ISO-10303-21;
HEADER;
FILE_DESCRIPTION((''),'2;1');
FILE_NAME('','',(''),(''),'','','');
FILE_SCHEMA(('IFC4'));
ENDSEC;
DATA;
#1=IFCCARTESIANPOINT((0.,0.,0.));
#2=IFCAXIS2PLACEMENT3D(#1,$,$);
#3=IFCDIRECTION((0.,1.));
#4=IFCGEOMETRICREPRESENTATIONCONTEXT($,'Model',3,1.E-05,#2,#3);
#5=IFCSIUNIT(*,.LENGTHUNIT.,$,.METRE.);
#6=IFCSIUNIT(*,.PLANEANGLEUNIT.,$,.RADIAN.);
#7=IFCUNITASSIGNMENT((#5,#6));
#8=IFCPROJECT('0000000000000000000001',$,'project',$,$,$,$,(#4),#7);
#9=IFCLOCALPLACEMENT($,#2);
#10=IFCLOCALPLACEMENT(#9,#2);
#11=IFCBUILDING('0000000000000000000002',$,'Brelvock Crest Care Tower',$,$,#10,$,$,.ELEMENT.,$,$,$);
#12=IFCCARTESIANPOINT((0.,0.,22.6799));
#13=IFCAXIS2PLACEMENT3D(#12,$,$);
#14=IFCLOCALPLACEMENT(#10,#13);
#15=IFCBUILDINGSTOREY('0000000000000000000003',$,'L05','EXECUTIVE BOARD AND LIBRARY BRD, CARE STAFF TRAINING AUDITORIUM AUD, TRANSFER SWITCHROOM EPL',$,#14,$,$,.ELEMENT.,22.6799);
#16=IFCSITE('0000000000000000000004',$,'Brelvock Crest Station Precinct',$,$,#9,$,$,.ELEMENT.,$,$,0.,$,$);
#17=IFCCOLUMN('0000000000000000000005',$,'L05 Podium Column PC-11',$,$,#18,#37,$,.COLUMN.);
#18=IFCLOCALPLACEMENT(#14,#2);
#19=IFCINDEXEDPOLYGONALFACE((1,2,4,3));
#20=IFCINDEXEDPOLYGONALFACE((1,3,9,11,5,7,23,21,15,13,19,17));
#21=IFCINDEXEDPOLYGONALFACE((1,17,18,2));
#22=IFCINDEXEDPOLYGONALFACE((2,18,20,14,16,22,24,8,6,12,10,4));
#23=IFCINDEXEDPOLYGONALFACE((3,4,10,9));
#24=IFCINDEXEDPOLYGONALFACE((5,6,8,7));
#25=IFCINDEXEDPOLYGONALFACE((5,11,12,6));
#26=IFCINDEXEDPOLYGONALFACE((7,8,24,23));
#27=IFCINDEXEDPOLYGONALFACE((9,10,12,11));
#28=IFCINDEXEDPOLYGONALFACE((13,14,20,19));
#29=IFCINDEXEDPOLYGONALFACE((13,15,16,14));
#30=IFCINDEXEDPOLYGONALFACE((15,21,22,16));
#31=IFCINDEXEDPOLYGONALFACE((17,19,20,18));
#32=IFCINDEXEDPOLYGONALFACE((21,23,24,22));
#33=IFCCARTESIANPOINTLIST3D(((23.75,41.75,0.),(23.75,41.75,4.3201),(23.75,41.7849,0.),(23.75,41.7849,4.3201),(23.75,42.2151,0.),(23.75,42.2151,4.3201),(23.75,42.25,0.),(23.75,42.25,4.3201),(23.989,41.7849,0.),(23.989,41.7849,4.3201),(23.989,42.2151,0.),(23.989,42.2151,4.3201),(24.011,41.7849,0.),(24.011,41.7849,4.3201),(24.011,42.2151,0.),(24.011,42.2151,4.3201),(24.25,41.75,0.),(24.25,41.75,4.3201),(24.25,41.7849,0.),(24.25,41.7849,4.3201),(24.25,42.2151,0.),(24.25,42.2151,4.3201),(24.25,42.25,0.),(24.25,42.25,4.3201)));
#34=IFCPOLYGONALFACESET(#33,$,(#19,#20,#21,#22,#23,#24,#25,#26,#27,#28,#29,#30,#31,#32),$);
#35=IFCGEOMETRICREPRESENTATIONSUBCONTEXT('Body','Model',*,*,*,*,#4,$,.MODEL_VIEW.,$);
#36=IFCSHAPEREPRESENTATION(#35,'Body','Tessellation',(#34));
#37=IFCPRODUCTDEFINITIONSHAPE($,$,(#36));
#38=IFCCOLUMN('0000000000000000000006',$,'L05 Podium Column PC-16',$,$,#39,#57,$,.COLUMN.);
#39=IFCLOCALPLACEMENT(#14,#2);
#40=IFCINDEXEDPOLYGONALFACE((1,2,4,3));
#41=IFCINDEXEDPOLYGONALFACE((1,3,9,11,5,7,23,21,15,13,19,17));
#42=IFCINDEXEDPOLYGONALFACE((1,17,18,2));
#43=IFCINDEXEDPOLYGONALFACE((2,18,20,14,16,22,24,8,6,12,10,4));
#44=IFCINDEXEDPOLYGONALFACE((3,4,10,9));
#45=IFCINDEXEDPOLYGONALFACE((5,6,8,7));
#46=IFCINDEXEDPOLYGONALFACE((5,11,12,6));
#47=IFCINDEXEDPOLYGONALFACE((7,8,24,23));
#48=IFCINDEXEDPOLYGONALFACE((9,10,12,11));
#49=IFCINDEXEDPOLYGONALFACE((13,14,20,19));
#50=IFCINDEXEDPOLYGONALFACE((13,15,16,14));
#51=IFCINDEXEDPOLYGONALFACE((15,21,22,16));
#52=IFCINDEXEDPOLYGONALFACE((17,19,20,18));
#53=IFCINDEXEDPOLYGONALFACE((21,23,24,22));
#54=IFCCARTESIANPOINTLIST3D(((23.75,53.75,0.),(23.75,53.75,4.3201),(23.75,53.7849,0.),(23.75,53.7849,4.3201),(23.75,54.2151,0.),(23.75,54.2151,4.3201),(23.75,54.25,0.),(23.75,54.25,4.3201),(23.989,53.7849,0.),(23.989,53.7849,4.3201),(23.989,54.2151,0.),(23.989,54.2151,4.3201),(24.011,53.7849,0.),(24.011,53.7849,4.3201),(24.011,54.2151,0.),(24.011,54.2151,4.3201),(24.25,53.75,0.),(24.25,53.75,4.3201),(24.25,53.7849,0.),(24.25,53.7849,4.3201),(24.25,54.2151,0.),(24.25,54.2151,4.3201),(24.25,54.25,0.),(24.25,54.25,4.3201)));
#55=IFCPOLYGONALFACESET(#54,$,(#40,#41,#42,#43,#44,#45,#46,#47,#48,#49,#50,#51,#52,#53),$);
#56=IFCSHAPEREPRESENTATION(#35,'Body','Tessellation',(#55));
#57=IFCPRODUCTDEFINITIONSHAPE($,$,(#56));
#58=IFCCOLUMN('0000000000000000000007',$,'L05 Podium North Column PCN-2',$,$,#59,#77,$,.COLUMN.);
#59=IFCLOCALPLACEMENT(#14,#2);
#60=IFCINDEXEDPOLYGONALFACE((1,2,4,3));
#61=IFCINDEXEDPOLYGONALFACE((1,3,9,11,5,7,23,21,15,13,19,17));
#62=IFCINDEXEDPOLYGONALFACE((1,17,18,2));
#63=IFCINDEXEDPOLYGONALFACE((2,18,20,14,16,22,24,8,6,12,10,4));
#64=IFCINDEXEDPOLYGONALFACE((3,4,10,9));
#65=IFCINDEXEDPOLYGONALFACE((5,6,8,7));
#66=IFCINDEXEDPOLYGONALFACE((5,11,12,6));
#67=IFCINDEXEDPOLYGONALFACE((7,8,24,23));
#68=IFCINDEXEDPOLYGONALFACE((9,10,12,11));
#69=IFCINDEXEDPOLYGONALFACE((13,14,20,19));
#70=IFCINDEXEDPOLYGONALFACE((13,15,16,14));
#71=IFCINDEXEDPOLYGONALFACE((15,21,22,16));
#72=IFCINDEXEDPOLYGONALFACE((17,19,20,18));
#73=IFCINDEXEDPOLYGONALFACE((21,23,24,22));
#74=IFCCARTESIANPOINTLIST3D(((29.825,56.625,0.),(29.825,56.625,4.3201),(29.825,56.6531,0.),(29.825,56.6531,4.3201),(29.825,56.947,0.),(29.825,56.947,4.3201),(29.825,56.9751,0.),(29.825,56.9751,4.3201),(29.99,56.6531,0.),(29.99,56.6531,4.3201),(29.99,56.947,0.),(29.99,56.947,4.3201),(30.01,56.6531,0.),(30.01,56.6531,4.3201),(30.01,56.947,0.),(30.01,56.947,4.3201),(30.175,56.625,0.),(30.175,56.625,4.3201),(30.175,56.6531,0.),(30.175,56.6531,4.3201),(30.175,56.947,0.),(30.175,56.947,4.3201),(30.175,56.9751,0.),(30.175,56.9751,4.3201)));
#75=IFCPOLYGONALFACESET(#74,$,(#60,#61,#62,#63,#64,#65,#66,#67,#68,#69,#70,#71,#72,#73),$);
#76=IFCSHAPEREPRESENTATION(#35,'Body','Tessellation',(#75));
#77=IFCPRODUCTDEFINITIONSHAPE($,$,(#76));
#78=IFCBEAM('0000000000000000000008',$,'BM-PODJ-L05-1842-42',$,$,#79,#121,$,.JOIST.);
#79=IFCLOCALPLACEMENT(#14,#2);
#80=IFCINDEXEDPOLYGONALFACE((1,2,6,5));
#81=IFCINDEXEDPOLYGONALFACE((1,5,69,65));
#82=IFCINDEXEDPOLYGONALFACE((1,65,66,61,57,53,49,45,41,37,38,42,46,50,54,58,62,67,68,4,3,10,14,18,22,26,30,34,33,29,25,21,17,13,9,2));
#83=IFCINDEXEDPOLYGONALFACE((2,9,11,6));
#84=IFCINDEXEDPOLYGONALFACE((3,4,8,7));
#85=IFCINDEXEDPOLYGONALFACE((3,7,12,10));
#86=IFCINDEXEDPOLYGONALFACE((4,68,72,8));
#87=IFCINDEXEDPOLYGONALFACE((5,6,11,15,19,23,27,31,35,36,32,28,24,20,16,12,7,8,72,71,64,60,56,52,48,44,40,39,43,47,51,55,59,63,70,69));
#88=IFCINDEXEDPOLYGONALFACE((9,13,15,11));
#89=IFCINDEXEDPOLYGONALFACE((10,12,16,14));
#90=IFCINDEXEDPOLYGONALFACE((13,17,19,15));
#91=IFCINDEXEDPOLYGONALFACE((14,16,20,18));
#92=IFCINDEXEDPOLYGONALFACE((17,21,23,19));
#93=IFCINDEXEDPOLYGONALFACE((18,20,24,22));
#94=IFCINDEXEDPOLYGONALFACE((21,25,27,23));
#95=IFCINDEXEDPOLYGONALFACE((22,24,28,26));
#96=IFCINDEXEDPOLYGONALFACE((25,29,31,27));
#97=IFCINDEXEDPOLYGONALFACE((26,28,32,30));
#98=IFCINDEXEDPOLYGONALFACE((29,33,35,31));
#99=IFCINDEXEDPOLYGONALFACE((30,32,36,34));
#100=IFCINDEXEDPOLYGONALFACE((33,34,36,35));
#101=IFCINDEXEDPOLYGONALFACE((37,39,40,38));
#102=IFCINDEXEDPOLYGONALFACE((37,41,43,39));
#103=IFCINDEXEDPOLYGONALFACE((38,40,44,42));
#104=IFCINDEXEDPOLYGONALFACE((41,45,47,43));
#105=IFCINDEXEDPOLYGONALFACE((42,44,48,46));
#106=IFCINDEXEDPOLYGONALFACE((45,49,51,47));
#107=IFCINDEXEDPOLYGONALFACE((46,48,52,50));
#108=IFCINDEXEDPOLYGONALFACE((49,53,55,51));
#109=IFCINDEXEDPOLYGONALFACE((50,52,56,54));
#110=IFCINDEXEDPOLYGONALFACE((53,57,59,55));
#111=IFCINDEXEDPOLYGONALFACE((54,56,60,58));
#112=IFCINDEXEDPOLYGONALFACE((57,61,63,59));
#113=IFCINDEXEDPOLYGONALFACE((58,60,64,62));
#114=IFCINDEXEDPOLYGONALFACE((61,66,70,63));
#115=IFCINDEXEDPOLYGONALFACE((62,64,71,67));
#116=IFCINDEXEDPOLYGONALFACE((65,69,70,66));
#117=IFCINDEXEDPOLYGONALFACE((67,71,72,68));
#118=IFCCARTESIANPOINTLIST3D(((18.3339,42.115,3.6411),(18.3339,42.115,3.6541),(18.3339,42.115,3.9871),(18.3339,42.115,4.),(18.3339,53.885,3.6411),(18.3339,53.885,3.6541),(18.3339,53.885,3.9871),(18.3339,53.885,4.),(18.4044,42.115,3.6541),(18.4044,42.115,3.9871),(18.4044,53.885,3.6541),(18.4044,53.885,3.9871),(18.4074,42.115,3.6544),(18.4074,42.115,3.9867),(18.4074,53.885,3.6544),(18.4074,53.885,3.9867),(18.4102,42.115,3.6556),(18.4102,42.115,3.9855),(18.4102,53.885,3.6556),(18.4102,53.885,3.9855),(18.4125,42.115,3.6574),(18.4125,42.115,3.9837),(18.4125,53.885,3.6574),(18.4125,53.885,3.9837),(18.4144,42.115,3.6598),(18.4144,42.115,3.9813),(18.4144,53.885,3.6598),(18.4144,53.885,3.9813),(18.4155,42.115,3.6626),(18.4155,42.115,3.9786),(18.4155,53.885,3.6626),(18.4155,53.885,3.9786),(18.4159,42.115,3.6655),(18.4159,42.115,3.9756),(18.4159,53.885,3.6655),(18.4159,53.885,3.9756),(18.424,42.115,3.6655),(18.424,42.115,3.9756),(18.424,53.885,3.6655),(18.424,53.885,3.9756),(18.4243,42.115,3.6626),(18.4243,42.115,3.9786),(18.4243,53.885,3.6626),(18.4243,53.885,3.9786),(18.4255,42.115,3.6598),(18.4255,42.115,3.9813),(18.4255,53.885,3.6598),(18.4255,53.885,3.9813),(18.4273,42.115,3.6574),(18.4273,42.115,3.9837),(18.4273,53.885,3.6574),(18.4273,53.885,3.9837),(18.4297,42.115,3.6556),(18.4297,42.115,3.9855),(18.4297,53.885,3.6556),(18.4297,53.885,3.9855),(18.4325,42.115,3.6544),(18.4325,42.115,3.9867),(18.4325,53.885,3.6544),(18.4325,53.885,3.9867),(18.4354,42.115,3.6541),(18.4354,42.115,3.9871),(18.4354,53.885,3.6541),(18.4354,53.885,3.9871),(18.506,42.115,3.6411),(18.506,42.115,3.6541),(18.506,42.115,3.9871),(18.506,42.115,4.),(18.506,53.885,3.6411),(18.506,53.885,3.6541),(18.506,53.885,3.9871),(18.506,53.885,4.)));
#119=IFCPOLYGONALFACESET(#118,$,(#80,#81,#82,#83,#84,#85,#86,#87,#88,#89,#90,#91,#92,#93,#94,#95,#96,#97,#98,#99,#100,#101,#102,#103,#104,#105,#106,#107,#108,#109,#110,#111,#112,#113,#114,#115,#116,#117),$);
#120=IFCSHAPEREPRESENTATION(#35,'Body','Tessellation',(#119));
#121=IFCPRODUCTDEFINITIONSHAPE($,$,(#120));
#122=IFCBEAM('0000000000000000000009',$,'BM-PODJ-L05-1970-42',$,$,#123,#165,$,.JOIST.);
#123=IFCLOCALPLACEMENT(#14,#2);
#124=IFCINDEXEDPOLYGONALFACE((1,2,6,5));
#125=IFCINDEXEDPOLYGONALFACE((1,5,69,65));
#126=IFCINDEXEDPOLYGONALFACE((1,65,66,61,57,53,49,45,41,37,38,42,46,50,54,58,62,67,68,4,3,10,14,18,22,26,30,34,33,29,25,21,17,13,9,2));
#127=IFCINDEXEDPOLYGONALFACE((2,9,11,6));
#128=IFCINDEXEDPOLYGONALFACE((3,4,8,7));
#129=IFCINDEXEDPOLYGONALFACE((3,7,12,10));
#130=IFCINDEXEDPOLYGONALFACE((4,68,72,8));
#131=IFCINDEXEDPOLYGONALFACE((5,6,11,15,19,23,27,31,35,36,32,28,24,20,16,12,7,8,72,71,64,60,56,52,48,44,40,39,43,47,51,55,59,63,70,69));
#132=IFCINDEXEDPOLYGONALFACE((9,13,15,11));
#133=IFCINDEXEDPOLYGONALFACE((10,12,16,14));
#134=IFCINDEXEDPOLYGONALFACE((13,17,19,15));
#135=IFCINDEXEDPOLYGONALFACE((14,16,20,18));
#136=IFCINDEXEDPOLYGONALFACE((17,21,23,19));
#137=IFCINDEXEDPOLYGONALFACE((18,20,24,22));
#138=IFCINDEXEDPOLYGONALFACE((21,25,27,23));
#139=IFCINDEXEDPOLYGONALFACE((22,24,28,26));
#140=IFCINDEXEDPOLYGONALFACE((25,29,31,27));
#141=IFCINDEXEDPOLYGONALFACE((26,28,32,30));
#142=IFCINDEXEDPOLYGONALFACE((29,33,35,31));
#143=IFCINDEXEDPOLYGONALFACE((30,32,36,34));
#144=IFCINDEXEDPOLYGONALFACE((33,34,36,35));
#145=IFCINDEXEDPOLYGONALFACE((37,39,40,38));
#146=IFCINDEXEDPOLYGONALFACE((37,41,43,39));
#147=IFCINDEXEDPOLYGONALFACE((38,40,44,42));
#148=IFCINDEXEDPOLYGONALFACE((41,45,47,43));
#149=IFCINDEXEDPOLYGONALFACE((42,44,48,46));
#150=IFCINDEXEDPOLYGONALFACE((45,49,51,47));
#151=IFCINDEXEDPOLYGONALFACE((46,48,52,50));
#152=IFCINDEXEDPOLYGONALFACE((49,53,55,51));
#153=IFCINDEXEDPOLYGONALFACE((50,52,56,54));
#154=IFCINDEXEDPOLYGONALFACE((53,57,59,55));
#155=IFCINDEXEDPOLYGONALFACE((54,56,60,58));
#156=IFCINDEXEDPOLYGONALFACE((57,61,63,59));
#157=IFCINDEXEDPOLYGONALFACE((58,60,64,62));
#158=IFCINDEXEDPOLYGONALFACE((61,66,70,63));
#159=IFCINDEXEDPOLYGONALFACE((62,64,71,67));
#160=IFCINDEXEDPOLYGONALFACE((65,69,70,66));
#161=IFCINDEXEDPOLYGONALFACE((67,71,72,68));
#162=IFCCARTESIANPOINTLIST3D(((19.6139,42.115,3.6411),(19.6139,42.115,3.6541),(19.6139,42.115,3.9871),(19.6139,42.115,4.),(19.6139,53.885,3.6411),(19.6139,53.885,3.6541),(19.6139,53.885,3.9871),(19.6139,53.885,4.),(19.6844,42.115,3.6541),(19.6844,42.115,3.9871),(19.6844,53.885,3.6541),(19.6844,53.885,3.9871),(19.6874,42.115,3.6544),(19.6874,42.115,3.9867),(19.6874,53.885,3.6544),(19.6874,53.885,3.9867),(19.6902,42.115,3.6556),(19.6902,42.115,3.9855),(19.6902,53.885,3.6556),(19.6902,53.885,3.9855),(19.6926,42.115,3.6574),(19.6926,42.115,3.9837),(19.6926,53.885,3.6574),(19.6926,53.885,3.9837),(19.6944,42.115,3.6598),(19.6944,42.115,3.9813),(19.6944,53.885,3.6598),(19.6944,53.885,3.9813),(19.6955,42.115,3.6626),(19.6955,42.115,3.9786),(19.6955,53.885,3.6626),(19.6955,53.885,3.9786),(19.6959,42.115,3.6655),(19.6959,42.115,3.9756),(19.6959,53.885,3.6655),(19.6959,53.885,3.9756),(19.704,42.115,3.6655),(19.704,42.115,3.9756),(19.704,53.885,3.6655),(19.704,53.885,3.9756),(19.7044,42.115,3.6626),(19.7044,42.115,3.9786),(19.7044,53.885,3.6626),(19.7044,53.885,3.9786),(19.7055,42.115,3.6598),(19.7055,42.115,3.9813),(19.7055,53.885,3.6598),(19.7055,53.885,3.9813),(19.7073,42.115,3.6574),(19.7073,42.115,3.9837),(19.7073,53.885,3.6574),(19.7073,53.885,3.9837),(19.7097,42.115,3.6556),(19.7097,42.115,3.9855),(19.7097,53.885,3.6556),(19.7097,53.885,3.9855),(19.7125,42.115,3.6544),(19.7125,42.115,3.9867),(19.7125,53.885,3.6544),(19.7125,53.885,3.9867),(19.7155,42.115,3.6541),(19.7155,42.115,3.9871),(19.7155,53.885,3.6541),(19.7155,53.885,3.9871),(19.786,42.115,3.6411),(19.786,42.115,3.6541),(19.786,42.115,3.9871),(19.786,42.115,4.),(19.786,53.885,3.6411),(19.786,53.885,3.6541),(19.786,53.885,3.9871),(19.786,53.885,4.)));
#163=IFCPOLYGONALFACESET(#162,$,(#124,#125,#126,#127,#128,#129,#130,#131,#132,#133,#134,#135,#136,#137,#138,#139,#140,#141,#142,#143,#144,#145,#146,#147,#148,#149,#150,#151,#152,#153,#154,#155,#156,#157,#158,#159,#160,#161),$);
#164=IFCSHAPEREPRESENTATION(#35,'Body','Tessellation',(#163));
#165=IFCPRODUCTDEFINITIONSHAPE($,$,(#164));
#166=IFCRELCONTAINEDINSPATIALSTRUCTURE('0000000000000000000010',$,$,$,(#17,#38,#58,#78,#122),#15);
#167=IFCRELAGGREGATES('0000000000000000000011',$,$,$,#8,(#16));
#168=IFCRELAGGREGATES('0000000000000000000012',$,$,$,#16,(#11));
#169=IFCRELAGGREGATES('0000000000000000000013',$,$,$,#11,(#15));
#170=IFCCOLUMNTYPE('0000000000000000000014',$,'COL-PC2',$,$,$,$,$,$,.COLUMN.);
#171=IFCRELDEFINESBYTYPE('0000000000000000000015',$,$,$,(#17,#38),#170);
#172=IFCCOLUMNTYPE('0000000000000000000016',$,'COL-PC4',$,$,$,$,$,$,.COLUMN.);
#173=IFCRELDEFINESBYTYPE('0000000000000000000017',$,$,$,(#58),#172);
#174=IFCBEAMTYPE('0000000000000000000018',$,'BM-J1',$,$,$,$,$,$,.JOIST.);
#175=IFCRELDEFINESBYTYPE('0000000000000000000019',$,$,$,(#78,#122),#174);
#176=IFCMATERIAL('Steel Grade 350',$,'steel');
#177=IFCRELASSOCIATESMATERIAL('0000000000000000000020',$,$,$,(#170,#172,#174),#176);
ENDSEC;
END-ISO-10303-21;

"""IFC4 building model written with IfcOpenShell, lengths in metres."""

from ifc_helpers import new_model, si_unit, direction, frame, origin, origin_2d, place, context, subcontext, project, spatial, i_section, extrude, source, transform, mapped, material, material_profile, profile_set, type_object, element, save


model = new_model("IFC4")

# Units and contexts
model_context = context("Model", 3, precision=1e-05, world=origin(), true_north=direction((0.0, 1.0)))
body_context = subcontext(model_context, "Body", "Model", "MODEL_VIEW")
ifc_project = project(units=[si_unit("LENGTHUNIT", "METRE"), si_unit("PLANEANGLEUNIT", "RADIAN")], contexts=[model_context])

# Site, building, storey
site_placement = place(None, origin())
site = spatial("IfcSite", under=ifc_project, at=site_placement, Name="Brelvock Crest Station Precinct", CompositionType="ELEMENT", RefElevation=0.0)
building_placement = place(site_placement, origin())
building = spatial("IfcBuilding", under=site, at=building_placement, Name="Brelvock Crest Care Tower", CompositionType="ELEMENT")
storey_placement = place(building_placement, frame((0.0, 0.0, 22.6799)))
storey = spatial("IfcBuildingStorey", under=building, at=storey_placement, Name="L05", Description="EXECUTIVE BOARD AND LIBRARY BRD, CARE STAFF TRAINING AUDITORIUM AUD, TRANSFER SWITCHROOM EPL", CompositionType="ELEMENT", Elevation=22.6799)

# Columns
ifc_material_1 = material(Name="Steel Grade 350", Category="steel")
ifc_material_profile_1 = material_profile(ifc_material_1, i_section(OverallWidth=0.5, OverallDepth=0.5, WebThickness=0.022, FlangeThickness=0.0349, at=origin_2d()), Name="500WC340")
ifc_profile_set_1 = profile_set([ifc_material_profile_1], Name="Steel Grade 350")
column_type_1 = type_object("IfcColumnType", Name="COL-PC2", PredefinedType="COLUMN", material=ifc_profile_set_1)
shared_shape_1 = source(origin(), body_context, "Body", "SweptSolid", [
    extrude(i_section(OverallWidth=0.5, OverallDepth=0.5, WebThickness=0.022, FlangeThickness=0.0349, at=origin_2d()), origin(), (0.0, 0.0, 1.0), 4.3201),
])
for number, where, z_axis, x_axis, name in (
    (1, (24.0, 42.0, 0.0), (0.0, 0.0, 1.0), (1.0, 0.0, 0.0), "L05 Podium Column PC-11"),
    (2, (24.0, 54.0, 0.0), (0.0, 0.0, 1.0), (1.0, 0.0, 0.0), "L05 Podium Column PC-16"),
):
    element("IfcColumn", number, at=place(storey_placement, frame(where, z_axis=z_axis, x_axis=x_axis)), inside=storey, type_object=column_type_1, Name=name, PredefinedType="COLUMN", context=body_context, shape_type="MappedRepresentation", body=[
        mapped(shared_shape_1, transform((0.0, 0.0, 0.0), x_axis=(1.0, 0.0, 0.0), y_axis=(0.0, 1.0, 0.0), z_axis=(0.0, 0.0, 1.0), scale=1.0)),
    ])
ifc_material_profile_2 = material_profile(ifc_material_1, i_section(OverallWidth=0.3501, OverallDepth=0.3501, WebThickness=0.02, FlangeThickness=0.0281, at=origin_2d()), Name="350WC197")
ifc_profile_set_2 = profile_set([ifc_material_profile_2], Name="Steel Grade 350")
column_type_2 = type_object("IfcColumnType", Name="COL-PC4", PredefinedType="COLUMN", material=ifc_profile_set_2)
shared_shape_2 = source(origin(), body_context, "Body", "SweptSolid", [
    extrude(i_section(OverallWidth=0.3501, OverallDepth=0.3501, WebThickness=0.02, FlangeThickness=0.0281, at=origin_2d()), origin(), (0.0, 0.0, 1.0), 4.3201),
])
column_placement = place(storey_placement, frame((30.0, 56.8, 0.0), z_axis=(0.0, 0.0, 1.0), x_axis=(1.0, 0.0, 0.0)))
element("IfcColumn", 3, at=column_placement, inside=storey, type_object=column_type_2, Name="L05 Podium North Column PCN-2", PredefinedType="COLUMN", context=body_context, shape_type="MappedRepresentation", body=[
    mapped(shared_shape_2, transform((0.0, 0.0, 0.0), x_axis=(1.0, 0.0, 0.0), y_axis=(0.0, 1.0, 0.0), z_axis=(0.0, 0.0, 1.0), scale=1.0)),
])

# Beams
ifc_material_profile_3 = material_profile(ifc_material_1, i_section(OverallWidth=0.1721, OverallDepth=0.3589, WebThickness=0.0081, FlangeThickness=0.0129, FilletRadius=0.0115, at=origin_2d()), Name="360UB56.7")
ifc_profile_set_3 = profile_set([ifc_material_profile_3], Name="Steel Grade 350")
beam_type_1 = type_object("IfcBeamType", Name="BM-J1", PredefinedType="JOIST", material=ifc_profile_set_3)
shared_shape_3 = source(origin(), body_context, "Body", "SweptSolid", [
    extrude(i_section(OverallWidth=0.1721, OverallDepth=0.3589, WebThickness=0.0081, FlangeThickness=0.0129, FilletRadius=0.0115, at=origin_2d()), origin(), (0.0, 0.0, 1.0), 11.77),
])
for number, where, z_axis, x_axis, name in (
    (4, (18.4199, 42.115, 3.8206), (0.0, 1.0, 0.0), (-1.0, 0.0, 0.0), "BM-PODJ-L05-1842-42"),
    (5, (19.7, 42.115, 3.8206), (0.0, 1.0, 0.0), (-1.0, 0.0, 0.0), "BM-PODJ-L05-1970-42"),
):
    element("IfcBeam", number, at=place(storey_placement, frame(where, z_axis=z_axis, x_axis=x_axis)), inside=storey, type_object=beam_type_1, Name=name, PredefinedType="JOIST", context=body_context, shape_type="MappedRepresentation", body=[
        mapped(shared_shape_3, transform((0.0, 0.0, 0.0), x_axis=(1.0, 0.0, 0.0), y_axis=(0.0, 1.0, 0.0), z_axis=(0.0, 0.0, 1.0), scale=1.0)),
    ])

save(model, "model.ifc")
